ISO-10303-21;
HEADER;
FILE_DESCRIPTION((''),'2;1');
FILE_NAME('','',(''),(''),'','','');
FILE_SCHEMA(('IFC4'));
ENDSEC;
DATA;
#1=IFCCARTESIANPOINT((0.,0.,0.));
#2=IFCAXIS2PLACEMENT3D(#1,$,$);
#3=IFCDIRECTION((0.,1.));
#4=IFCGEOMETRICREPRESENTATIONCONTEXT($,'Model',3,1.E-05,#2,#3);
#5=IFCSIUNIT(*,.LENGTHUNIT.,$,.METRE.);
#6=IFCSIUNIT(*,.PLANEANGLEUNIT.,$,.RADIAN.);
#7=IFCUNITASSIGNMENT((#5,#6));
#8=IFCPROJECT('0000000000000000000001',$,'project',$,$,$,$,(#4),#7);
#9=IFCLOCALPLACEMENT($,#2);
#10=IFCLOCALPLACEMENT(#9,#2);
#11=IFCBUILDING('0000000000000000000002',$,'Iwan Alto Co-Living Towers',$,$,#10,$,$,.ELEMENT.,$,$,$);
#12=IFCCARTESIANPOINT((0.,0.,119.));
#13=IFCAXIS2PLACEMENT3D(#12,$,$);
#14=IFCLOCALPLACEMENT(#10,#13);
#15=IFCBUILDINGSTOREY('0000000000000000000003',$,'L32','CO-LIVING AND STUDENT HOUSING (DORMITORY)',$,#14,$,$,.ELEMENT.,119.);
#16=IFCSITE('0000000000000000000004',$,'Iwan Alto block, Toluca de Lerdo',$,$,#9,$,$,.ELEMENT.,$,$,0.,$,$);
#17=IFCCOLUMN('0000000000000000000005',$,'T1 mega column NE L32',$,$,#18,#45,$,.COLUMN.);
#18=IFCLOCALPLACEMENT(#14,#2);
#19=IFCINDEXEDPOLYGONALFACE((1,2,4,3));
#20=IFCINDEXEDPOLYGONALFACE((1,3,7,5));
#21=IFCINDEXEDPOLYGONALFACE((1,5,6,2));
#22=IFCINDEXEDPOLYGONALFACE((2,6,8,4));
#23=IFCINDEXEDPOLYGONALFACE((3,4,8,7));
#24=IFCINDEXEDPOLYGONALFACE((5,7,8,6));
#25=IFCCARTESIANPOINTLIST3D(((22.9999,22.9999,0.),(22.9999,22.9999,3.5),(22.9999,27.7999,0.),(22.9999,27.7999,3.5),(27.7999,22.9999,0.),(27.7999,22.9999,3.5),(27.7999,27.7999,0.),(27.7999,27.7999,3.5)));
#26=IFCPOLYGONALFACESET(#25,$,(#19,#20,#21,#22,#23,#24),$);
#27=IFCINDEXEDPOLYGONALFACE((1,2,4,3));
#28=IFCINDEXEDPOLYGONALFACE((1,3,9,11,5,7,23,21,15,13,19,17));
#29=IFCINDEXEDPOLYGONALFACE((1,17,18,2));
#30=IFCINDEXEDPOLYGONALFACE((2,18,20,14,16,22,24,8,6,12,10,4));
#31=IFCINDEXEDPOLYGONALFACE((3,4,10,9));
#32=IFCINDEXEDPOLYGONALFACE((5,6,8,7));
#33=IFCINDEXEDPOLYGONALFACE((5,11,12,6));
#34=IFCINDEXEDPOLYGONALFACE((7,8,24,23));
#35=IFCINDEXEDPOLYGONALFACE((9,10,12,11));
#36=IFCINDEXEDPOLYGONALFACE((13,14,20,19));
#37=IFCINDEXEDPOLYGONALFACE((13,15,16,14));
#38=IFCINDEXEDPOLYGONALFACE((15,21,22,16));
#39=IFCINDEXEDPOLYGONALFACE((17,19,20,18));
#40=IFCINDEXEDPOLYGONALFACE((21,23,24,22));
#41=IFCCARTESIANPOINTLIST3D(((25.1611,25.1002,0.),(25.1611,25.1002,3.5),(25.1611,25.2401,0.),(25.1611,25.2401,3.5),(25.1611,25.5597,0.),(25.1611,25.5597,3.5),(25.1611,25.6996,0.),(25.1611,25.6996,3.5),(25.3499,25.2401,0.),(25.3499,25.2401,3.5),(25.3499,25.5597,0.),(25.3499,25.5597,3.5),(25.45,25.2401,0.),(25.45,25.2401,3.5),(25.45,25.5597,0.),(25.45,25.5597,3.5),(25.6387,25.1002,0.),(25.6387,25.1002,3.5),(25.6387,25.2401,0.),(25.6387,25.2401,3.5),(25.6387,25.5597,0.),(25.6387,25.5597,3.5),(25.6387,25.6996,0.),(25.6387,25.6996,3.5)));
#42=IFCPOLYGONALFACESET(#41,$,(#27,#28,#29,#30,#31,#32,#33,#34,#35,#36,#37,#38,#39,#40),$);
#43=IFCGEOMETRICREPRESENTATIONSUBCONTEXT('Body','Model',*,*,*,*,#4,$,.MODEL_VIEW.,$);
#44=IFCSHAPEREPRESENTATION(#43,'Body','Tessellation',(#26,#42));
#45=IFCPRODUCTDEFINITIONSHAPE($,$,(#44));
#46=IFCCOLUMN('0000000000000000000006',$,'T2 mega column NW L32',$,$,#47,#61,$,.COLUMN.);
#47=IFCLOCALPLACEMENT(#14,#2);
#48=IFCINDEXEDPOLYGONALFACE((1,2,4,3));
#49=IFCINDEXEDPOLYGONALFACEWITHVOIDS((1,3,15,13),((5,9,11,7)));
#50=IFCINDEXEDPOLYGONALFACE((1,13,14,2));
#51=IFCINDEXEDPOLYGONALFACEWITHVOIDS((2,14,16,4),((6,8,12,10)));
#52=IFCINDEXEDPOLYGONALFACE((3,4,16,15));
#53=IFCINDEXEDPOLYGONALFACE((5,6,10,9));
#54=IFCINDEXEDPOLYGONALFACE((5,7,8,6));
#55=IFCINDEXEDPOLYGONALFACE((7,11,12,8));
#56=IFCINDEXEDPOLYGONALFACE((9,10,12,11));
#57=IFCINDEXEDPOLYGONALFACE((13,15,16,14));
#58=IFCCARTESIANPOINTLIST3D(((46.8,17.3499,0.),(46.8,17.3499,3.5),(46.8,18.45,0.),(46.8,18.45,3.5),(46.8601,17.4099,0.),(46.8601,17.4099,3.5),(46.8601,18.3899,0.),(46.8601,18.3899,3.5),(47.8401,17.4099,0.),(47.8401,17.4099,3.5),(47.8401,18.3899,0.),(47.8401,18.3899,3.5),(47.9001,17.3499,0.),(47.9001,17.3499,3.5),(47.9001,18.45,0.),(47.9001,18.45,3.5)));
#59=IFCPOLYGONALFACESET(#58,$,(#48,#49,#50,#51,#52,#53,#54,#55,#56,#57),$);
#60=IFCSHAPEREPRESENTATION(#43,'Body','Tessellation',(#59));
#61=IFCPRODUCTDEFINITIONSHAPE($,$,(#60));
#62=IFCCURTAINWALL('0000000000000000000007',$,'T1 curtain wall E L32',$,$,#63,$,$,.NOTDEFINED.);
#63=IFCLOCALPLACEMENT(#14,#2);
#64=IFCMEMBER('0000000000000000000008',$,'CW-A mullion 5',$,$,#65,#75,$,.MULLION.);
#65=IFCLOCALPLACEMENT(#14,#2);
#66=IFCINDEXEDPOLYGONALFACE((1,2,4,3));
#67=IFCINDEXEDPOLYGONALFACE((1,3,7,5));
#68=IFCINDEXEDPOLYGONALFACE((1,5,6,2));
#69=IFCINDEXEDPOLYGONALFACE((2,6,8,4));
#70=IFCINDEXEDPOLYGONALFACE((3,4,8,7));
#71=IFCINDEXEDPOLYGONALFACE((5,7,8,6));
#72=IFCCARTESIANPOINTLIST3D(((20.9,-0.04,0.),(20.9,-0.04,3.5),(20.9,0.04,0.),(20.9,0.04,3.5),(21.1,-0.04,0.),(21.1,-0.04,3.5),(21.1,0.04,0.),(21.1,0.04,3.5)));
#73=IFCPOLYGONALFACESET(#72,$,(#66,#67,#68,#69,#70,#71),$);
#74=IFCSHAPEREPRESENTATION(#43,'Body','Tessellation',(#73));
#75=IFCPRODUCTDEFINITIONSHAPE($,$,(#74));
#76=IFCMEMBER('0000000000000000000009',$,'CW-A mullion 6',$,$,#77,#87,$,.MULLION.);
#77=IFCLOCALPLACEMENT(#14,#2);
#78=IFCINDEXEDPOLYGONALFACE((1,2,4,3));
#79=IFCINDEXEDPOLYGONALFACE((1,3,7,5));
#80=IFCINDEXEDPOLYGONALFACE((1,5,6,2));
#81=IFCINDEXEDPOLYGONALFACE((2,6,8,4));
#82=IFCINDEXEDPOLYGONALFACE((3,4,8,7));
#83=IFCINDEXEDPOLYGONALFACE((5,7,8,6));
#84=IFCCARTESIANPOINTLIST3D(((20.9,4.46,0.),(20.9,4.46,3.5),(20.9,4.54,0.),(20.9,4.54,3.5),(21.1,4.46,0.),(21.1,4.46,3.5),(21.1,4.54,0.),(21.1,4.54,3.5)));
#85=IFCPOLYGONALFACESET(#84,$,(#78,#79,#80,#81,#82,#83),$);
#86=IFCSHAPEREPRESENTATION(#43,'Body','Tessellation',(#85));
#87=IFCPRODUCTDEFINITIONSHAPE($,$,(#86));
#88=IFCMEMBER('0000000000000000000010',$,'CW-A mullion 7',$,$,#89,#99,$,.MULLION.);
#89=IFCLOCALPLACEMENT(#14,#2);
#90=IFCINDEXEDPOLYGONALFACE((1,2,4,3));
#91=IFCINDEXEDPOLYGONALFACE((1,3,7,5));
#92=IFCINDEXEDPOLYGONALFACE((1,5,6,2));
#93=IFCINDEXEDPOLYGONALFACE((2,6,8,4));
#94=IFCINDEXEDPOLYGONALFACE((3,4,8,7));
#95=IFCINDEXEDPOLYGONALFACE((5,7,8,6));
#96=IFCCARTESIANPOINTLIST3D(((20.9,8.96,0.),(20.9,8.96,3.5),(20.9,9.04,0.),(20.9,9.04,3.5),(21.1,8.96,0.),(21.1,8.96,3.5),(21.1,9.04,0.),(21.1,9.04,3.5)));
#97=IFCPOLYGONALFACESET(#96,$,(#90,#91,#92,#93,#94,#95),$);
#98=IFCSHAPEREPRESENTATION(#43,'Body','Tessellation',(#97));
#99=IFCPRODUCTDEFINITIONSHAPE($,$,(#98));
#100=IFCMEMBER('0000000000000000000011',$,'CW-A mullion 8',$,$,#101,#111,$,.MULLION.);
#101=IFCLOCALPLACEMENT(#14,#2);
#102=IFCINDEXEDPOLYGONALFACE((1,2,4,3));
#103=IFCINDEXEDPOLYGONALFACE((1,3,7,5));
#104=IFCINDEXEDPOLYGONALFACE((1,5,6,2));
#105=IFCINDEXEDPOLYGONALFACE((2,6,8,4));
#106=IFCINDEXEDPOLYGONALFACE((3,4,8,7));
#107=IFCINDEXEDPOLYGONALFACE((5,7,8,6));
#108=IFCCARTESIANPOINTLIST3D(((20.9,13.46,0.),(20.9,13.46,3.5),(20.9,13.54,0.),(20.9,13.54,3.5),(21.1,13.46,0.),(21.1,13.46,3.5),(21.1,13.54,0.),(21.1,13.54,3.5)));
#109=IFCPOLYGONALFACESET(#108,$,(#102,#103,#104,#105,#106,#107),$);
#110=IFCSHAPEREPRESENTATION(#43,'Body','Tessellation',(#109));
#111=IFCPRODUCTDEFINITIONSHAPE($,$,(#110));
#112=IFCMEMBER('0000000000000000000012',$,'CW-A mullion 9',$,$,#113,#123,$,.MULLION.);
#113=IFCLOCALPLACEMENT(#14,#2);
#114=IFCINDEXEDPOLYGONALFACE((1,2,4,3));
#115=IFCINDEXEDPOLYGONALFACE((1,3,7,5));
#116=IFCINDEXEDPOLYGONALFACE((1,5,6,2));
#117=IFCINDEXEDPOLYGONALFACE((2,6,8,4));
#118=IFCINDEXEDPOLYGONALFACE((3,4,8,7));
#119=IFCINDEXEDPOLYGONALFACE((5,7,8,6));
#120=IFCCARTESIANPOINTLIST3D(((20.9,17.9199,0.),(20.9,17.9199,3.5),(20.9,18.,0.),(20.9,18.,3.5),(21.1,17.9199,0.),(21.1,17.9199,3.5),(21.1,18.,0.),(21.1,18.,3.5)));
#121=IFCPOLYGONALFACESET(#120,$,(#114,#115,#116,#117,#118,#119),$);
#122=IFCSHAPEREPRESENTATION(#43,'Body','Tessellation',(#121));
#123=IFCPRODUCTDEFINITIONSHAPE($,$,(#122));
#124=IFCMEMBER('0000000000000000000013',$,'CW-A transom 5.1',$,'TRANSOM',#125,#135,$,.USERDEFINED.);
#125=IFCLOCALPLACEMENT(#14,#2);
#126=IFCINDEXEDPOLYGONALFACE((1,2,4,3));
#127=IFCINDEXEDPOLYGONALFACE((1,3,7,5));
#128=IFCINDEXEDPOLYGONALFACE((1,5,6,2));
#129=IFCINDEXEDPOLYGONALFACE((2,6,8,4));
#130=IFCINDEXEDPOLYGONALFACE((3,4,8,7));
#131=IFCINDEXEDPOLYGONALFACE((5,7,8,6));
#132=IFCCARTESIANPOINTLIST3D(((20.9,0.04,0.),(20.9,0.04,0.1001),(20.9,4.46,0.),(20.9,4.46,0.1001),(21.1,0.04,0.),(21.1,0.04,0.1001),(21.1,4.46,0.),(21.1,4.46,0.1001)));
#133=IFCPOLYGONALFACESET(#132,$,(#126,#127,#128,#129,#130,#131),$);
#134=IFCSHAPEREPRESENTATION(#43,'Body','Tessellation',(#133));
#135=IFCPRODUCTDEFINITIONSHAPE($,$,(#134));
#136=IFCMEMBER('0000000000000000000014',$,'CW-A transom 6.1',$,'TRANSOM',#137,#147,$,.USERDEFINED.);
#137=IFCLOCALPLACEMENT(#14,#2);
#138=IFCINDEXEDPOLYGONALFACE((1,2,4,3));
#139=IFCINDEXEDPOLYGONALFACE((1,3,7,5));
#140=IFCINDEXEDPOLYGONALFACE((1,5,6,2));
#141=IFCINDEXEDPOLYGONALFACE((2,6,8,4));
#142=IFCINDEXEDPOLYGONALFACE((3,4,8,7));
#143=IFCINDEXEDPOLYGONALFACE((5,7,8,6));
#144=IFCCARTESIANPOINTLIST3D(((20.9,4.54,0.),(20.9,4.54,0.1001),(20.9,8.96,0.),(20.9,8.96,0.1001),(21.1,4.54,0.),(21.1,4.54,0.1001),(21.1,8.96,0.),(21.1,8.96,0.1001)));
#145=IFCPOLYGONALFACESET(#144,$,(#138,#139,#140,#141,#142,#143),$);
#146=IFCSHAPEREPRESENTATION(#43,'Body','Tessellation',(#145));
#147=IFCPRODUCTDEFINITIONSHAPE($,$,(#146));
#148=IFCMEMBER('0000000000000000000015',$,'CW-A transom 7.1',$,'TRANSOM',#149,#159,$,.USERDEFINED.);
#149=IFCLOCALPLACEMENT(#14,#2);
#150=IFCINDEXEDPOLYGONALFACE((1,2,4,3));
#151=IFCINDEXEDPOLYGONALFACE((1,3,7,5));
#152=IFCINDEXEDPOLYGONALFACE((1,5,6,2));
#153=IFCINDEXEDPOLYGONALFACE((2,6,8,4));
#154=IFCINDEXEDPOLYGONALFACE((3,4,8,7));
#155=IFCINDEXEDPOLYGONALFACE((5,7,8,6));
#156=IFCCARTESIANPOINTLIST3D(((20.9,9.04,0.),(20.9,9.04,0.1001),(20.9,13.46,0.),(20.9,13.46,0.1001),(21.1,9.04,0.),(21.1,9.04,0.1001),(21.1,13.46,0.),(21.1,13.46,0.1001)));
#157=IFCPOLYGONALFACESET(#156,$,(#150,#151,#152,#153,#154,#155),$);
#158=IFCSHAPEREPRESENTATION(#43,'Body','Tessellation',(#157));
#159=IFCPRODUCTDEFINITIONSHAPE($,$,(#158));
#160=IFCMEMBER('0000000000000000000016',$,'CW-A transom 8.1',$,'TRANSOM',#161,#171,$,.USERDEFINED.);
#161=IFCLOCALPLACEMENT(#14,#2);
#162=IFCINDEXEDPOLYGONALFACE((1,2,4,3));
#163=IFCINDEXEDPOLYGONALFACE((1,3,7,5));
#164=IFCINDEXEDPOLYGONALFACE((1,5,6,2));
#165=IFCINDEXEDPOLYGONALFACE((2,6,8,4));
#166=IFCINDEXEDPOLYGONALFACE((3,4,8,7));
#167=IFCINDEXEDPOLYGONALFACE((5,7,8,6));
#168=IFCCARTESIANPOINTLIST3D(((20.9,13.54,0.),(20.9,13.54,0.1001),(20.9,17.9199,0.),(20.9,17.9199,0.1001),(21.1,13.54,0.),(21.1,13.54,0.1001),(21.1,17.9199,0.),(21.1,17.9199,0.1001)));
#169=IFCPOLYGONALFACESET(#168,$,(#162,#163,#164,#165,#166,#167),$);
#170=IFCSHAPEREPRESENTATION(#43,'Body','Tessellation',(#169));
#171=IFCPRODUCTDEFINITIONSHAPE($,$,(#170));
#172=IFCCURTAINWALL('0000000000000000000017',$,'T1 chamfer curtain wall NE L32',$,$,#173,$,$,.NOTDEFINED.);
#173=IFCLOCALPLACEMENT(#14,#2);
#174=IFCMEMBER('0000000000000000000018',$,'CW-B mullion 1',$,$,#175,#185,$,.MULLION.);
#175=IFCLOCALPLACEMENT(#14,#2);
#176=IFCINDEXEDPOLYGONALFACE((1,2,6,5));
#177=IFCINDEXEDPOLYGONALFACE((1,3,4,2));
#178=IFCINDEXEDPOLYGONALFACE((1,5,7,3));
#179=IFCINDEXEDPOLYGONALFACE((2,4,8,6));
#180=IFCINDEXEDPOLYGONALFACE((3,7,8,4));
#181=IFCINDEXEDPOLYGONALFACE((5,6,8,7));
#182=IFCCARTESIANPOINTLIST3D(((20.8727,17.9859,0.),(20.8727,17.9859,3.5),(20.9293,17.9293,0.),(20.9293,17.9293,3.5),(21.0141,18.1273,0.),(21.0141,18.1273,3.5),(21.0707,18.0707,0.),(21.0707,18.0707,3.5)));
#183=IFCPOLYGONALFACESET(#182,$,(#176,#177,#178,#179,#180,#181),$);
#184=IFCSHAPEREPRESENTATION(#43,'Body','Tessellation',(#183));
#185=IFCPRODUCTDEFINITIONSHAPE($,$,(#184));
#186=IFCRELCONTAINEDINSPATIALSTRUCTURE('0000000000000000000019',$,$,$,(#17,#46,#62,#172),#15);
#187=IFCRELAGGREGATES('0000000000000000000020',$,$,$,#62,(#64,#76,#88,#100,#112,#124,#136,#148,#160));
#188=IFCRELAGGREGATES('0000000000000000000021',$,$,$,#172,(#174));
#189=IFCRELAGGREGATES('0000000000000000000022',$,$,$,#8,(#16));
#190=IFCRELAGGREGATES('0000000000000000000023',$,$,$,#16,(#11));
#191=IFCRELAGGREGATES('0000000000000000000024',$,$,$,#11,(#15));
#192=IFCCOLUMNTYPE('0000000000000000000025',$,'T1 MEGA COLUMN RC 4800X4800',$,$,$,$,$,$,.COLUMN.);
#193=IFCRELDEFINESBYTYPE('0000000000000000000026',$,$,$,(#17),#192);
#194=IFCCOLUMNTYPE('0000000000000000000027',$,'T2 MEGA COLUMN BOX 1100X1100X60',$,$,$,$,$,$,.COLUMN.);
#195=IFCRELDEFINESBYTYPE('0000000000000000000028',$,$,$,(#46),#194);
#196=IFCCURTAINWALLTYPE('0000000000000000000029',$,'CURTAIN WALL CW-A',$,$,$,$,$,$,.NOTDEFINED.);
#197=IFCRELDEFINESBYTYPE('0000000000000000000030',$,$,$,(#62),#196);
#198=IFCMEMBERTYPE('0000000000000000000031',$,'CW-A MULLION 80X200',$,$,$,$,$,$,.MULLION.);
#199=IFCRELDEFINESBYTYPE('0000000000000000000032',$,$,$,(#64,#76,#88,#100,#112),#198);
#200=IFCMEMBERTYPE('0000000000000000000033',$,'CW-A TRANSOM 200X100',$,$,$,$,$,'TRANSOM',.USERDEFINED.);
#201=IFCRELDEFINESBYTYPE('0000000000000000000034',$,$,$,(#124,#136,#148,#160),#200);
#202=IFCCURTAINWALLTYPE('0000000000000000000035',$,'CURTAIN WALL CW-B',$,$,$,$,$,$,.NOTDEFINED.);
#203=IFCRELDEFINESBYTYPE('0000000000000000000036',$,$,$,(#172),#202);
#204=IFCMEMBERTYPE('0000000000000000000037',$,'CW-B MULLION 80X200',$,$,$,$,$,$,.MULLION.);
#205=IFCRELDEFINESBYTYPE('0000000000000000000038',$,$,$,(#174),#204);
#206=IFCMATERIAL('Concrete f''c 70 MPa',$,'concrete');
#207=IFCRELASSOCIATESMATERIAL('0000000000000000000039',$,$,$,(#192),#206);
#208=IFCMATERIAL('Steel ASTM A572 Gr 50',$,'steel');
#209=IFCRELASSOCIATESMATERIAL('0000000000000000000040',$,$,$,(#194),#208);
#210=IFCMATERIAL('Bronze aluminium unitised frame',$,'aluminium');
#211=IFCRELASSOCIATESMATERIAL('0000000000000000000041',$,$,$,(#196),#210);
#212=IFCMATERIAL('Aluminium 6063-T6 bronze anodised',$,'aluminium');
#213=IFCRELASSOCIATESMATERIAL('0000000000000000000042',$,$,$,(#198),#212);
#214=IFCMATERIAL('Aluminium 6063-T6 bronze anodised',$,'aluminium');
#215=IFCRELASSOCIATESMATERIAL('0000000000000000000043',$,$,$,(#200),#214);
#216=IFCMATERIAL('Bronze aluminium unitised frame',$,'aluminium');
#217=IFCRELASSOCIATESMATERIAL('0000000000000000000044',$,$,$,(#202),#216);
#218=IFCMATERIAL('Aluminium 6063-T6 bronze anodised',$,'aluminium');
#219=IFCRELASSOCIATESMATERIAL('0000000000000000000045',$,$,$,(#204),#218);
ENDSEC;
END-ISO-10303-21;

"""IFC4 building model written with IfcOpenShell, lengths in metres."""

from ifc_helpers import new_model, si_unit, direction, frame, origin, origin_2d, place, context, subcontext, project, spatial, rectangle, hollow_rectangle, i_section, extrude, material, material_profile, profile_set, type_object, element, aggregate, save


model = new_model("IFC4")

# Units and contexts
model_context = context("Model", 3, precision=1e-05, world=origin(), true_north=direction((0.0, 1.0)))
body_context = subcontext(model_context, "Body", "Model", "MODEL_VIEW")
ifc_project = project(units=[si_unit("LENGTHUNIT", "METRE"), si_unit("PLANEANGLEUNIT", "RADIAN")], contexts=[model_context])

# Site, building, storey
site_placement = place(None, origin())
site = spatial("IfcSite", under=ifc_project, at=site_placement, Name="Iwan Alto block, Toluca de Lerdo", CompositionType="ELEMENT", RefElevation=0.0)
building_placement = place(site_placement, origin())
building = spatial("IfcBuilding", under=site, at=building_placement, Name="Iwan Alto Co-Living Towers", CompositionType="ELEMENT")
storey_placement = place(building_placement, frame((0.0, 0.0, 119.0)))
storey = spatial("IfcBuildingStorey", under=building, at=storey_placement, Name="L32", Description="CO-LIVING AND STUDENT HOUSING (DORMITORY)", CompositionType="ELEMENT", Elevation=119.0)

# Columns
ifc_material_1 = material(Name="Concrete f'c 70 MPa", Category="concrete")
ifc_material_profile_1 = material_profile(ifc_material_1, rectangle(XDim=4.8, YDim=4.8, at=origin_2d()), Name="RC 4800X4800")
ifc_profile_set_1 = profile_set([ifc_material_profile_1], Name="Concrete f'c 70 MPa")
column_type_1 = type_object("IfcColumnType", Name="T1 MEGA COLUMN RC 4800X4800", PredefinedType="COLUMN", material=ifc_profile_set_1)
column_1_placement = place(storey_placement, frame((25.3999, 25.3999, 0.0), z_axis=(0.0, 0.0, 1.0), x_axis=(1.0, 0.0, 0.0)))
element("IfcColumn", 1, at=column_1_placement, inside=storey, type_object=column_type_1, Name="T1 mega column NE L32", PredefinedType="COLUMN", context=body_context, shape_type="SweptSolid", body=[
    extrude(rectangle(XDim=4.8, YDim=4.8, at=origin_2d()), origin(), (0.0, 0.0, 1.0), 3.5),
    extrude(i_section(OverallWidth=0.4775, OverallDepth=0.5994, WebThickness=0.1001, FlangeThickness=0.1399, at=origin_2d()), origin(), (0.0, 0.0, 1.0), 3.5),
])
ifc_material_2 = material(Name="Steel ASTM A572 Gr 50", Category="steel")
ifc_material_profile_2 = material_profile(ifc_material_2, hollow_rectangle(XDim=1.1001, YDim=1.1001, WallThickness=0.0601, at=origin_2d()), Name="BOX 1100X1100X60")
ifc_profile_set_2 = profile_set([ifc_material_profile_2], Name="Steel ASTM A572 Gr 50")
column_type_2 = type_object("IfcColumnType", Name="T2 MEGA COLUMN BOX 1100X1100X60", PredefinedType="COLUMN", material=ifc_profile_set_2)
column_2_placement = place(storey_placement, frame((47.3501, 17.8999, 0.0), z_axis=(0.0, 0.0, 1.0), x_axis=(1.0, 0.0, 0.0)))
element("IfcColumn", 2, at=column_2_placement, inside=storey, type_object=column_type_2, Name="T2 mega column NW L32", PredefinedType="COLUMN", context=body_context, shape_type="SweptSolid", body=[
    extrude(hollow_rectangle(XDim=1.1001, YDim=1.1001, WallThickness=0.0601, at=origin_2d()), origin(), (0.0, 0.0, 1.0), 3.5),
])

# Curtain walls, members
ifc_material_3 = material(Name="Bronze aluminium unitised frame", Category="aluminium")
curtain_wall_type_1 = type_object("IfcCurtainWallType", Name="CURTAIN WALL CW-A", PredefinedType="NOTDEFINED", material=ifc_material_3)
curtain_wall_1_placement = place(storey_placement, origin())
curtain_wall_1 = element("IfcCurtainWall", 3, at=curtain_wall_1_placement, inside=storey, type_object=curtain_wall_type_1, Name="T1 curtain wall E L32", PredefinedType="NOTDEFINED")
ifc_material_4 = material(Name="Aluminium 6063-T6 bronze anodised", Category="aluminium")
ifc_material_profile_3 = material_profile(ifc_material_4, rectangle(XDim=0.2, YDim=0.0801, at=origin_2d()), Name="AL 80X200")
ifc_profile_set_3 = profile_set([ifc_material_profile_3], Name="Aluminium 6063-T6 bronze anodised")
member_type_1 = type_object("IfcMemberType", Name="CW-A MULLION 80X200", PredefinedType="MULLION", material=ifc_profile_set_3)
member_1_placement = place(storey_placement, frame((21.0, 0.0, 0.0), z_axis=(0.0, 0.0, 1.0), x_axis=(-1.0, 0.0, 0.0)))
member_1 = element("IfcMember", 4, at=member_1_placement, type_object=member_type_1, Name="CW-A mullion 5", PredefinedType="MULLION", context=body_context, shape_type="SweptSolid", body=[
    extrude(rectangle(XDim=0.2, YDim=0.0801, at=origin_2d()), origin(), (0.0, 0.0, 1.0), 3.5),
])
member_2_placement = place(storey_placement, frame((21.0, 4.5, 0.0), z_axis=(0.0, 0.0, 1.0), x_axis=(-1.0, 0.0, 0.0)))
member_2 = element("IfcMember", 5, at=member_2_placement, type_object=member_type_1, Name="CW-A mullion 6", PredefinedType="MULLION", context=body_context, shape_type="SweptSolid", body=[
    extrude(rectangle(XDim=0.2, YDim=0.0801, at=origin_2d()), origin(), (0.0, 0.0, 1.0), 3.5),
])
member_3_placement = place(storey_placement, frame((21.0, 9.0, 0.0), z_axis=(0.0, 0.0, 1.0), x_axis=(-1.0, 0.0, 0.0)))
member_3 = element("IfcMember", 6, at=member_3_placement, type_object=member_type_1, Name="CW-A mullion 7", PredefinedType="MULLION", context=body_context, shape_type="SweptSolid", body=[
    extrude(rectangle(XDim=0.2, YDim=0.0801, at=origin_2d()), origin(), (0.0, 0.0, 1.0), 3.5),
])
member_4_placement = place(storey_placement, frame((21.0, 13.5, 0.0), z_axis=(0.0, 0.0, 1.0), x_axis=(-1.0, 0.0, 0.0)))
member_4 = element("IfcMember", 7, at=member_4_placement, type_object=member_type_1, Name="CW-A mullion 8", PredefinedType="MULLION", context=body_context, shape_type="SweptSolid", body=[
    extrude(rectangle(XDim=0.2, YDim=0.0801, at=origin_2d()), origin(), (0.0, 0.0, 1.0), 3.5),
])
member_5_placement = place(storey_placement, frame((21.0, 17.96, 0.0), z_axis=(0.0, 0.0, 1.0), x_axis=(-1.0, 0.0, 0.0)))
member_5 = element("IfcMember", 8, at=member_5_placement, type_object=member_type_1, Name="CW-A mullion 9", PredefinedType="MULLION", context=body_context, shape_type="SweptSolid", body=[
    extrude(rectangle(XDim=0.2, YDim=0.0801, at=origin_2d()), origin(), (0.0, 0.0, 1.0), 3.5),
])
ifc_material_5 = material(Name="Aluminium 6063-T6 bronze anodised", Category="aluminium")
ifc_material_profile_4 = material_profile(ifc_material_5, rectangle(XDim=0.2, YDim=0.1001, at=origin_2d()), Name="AL 200X100")
ifc_profile_set_4 = profile_set([ifc_material_profile_4], Name="Aluminium 6063-T6 bronze anodised")
member_type_2 = type_object("IfcMemberType", Name="CW-A TRANSOM 200X100", ElementType="TRANSOM", PredefinedType="USERDEFINED", material=ifc_profile_set_4)
member_6_placement = place(storey_placement, frame((21.0, 0.04, 0.05), z_axis=(0.0, 1.0, 0.0), x_axis=(-1.0, 0.0, 0.0)))
member_6 = element("IfcMember", 9, at=member_6_placement, type_object=member_type_2, Name="CW-A transom 5.1", ObjectType="TRANSOM", PredefinedType="USERDEFINED", context=body_context, shape_type="SweptSolid", body=[
    extrude(rectangle(XDim=0.2, YDim=0.1001, at=origin_2d()), origin(), (0.0, 0.0, 1.0), 4.4199),
])
member_7_placement = place(storey_placement, frame((21.0, 4.54, 0.05), z_axis=(0.0, 1.0, 0.0), x_axis=(-1.0, 0.0, 0.0)))
member_7 = element("IfcMember", 10, at=member_7_placement, type_object=member_type_2, Name="CW-A transom 6.1", ObjectType="TRANSOM", PredefinedType="USERDEFINED", context=body_context, shape_type="SweptSolid", body=[
    extrude(rectangle(XDim=0.2, YDim=0.1001, at=origin_2d()), origin(), (0.0, 0.0, 1.0), 4.4199),
])
member_8_placement = place(storey_placement, frame((21.0, 9.04, 0.05), z_axis=(0.0, 1.0, 0.0), x_axis=(-1.0, 0.0, 0.0)))
member_8 = element("IfcMember", 11, at=member_8_placement, type_object=member_type_2, Name="CW-A transom 7.1", ObjectType="TRANSOM", PredefinedType="USERDEFINED", context=body_context, shape_type="SweptSolid", body=[
    extrude(rectangle(XDim=0.2, YDim=0.1001, at=origin_2d()), origin(), (0.0, 0.0, 1.0), 4.4199),
])
member_9_placement = place(storey_placement, frame((21.0, 13.54, 0.05), z_axis=(0.0, 1.0, 0.0), x_axis=(-1.0, 0.0, 0.0)))
member_9 = element("IfcMember", 12, at=member_9_placement, type_object=member_type_2, Name="CW-A transom 8.1", ObjectType="TRANSOM", PredefinedType="USERDEFINED", context=body_context, shape_type="SweptSolid", body=[
    extrude(rectangle(XDim=0.2, YDim=0.1001, at=origin_2d()), origin(), (0.0, 0.0, 1.0), 4.3799),
])
ifc_material_6 = material(Name="Bronze aluminium unitised frame", Category="aluminium")
curtain_wall_type_2 = type_object("IfcCurtainWallType", Name="CURTAIN WALL CW-B", PredefinedType="NOTDEFINED", material=ifc_material_6)
curtain_wall_2_placement = place(storey_placement, origin())
curtain_wall_2 = element("IfcCurtainWall", 13, at=curtain_wall_2_placement, inside=storey, type_object=curtain_wall_type_2, Name="T1 chamfer curtain wall NE L32", PredefinedType="NOTDEFINED")
ifc_material_7 = material(Name="Aluminium 6063-T6 bronze anodised", Category="aluminium")
ifc_material_profile_5 = material_profile(ifc_material_7, rectangle(XDim=0.2, YDim=0.0801, at=origin_2d()), Name="AL 80X200")
ifc_profile_set_5 = profile_set([ifc_material_profile_5], Name="Aluminium 6063-T6 bronze anodised")
member_type_3 = type_object("IfcMemberType", Name="CW-B MULLION 80X200", PredefinedType="MULLION", material=ifc_profile_set_5)
member_10_placement = place(storey_placement, frame((20.9717, 18.0283, 0.0), z_axis=(0.0, 0.0, 1.0), x_axis=(-0.707107, -0.707107, 0.0)))
member_10 = element("IfcMember", 14, at=member_10_placement, type_object=member_type_3, Name="CW-B mullion 1", PredefinedType="MULLION", context=body_context, shape_type="SweptSolid", body=[
    extrude(rectangle(XDim=0.2, YDim=0.0801, at=origin_2d()), origin(), (0.0, 0.0, 1.0), 3.5),
])

aggregate(curtain_wall_1, [member_1, member_2, member_3, member_4, member_5, member_6, member_7, member_8, member_9])
aggregate(curtain_wall_2, [member_10])

save(model, "model.ifc")
